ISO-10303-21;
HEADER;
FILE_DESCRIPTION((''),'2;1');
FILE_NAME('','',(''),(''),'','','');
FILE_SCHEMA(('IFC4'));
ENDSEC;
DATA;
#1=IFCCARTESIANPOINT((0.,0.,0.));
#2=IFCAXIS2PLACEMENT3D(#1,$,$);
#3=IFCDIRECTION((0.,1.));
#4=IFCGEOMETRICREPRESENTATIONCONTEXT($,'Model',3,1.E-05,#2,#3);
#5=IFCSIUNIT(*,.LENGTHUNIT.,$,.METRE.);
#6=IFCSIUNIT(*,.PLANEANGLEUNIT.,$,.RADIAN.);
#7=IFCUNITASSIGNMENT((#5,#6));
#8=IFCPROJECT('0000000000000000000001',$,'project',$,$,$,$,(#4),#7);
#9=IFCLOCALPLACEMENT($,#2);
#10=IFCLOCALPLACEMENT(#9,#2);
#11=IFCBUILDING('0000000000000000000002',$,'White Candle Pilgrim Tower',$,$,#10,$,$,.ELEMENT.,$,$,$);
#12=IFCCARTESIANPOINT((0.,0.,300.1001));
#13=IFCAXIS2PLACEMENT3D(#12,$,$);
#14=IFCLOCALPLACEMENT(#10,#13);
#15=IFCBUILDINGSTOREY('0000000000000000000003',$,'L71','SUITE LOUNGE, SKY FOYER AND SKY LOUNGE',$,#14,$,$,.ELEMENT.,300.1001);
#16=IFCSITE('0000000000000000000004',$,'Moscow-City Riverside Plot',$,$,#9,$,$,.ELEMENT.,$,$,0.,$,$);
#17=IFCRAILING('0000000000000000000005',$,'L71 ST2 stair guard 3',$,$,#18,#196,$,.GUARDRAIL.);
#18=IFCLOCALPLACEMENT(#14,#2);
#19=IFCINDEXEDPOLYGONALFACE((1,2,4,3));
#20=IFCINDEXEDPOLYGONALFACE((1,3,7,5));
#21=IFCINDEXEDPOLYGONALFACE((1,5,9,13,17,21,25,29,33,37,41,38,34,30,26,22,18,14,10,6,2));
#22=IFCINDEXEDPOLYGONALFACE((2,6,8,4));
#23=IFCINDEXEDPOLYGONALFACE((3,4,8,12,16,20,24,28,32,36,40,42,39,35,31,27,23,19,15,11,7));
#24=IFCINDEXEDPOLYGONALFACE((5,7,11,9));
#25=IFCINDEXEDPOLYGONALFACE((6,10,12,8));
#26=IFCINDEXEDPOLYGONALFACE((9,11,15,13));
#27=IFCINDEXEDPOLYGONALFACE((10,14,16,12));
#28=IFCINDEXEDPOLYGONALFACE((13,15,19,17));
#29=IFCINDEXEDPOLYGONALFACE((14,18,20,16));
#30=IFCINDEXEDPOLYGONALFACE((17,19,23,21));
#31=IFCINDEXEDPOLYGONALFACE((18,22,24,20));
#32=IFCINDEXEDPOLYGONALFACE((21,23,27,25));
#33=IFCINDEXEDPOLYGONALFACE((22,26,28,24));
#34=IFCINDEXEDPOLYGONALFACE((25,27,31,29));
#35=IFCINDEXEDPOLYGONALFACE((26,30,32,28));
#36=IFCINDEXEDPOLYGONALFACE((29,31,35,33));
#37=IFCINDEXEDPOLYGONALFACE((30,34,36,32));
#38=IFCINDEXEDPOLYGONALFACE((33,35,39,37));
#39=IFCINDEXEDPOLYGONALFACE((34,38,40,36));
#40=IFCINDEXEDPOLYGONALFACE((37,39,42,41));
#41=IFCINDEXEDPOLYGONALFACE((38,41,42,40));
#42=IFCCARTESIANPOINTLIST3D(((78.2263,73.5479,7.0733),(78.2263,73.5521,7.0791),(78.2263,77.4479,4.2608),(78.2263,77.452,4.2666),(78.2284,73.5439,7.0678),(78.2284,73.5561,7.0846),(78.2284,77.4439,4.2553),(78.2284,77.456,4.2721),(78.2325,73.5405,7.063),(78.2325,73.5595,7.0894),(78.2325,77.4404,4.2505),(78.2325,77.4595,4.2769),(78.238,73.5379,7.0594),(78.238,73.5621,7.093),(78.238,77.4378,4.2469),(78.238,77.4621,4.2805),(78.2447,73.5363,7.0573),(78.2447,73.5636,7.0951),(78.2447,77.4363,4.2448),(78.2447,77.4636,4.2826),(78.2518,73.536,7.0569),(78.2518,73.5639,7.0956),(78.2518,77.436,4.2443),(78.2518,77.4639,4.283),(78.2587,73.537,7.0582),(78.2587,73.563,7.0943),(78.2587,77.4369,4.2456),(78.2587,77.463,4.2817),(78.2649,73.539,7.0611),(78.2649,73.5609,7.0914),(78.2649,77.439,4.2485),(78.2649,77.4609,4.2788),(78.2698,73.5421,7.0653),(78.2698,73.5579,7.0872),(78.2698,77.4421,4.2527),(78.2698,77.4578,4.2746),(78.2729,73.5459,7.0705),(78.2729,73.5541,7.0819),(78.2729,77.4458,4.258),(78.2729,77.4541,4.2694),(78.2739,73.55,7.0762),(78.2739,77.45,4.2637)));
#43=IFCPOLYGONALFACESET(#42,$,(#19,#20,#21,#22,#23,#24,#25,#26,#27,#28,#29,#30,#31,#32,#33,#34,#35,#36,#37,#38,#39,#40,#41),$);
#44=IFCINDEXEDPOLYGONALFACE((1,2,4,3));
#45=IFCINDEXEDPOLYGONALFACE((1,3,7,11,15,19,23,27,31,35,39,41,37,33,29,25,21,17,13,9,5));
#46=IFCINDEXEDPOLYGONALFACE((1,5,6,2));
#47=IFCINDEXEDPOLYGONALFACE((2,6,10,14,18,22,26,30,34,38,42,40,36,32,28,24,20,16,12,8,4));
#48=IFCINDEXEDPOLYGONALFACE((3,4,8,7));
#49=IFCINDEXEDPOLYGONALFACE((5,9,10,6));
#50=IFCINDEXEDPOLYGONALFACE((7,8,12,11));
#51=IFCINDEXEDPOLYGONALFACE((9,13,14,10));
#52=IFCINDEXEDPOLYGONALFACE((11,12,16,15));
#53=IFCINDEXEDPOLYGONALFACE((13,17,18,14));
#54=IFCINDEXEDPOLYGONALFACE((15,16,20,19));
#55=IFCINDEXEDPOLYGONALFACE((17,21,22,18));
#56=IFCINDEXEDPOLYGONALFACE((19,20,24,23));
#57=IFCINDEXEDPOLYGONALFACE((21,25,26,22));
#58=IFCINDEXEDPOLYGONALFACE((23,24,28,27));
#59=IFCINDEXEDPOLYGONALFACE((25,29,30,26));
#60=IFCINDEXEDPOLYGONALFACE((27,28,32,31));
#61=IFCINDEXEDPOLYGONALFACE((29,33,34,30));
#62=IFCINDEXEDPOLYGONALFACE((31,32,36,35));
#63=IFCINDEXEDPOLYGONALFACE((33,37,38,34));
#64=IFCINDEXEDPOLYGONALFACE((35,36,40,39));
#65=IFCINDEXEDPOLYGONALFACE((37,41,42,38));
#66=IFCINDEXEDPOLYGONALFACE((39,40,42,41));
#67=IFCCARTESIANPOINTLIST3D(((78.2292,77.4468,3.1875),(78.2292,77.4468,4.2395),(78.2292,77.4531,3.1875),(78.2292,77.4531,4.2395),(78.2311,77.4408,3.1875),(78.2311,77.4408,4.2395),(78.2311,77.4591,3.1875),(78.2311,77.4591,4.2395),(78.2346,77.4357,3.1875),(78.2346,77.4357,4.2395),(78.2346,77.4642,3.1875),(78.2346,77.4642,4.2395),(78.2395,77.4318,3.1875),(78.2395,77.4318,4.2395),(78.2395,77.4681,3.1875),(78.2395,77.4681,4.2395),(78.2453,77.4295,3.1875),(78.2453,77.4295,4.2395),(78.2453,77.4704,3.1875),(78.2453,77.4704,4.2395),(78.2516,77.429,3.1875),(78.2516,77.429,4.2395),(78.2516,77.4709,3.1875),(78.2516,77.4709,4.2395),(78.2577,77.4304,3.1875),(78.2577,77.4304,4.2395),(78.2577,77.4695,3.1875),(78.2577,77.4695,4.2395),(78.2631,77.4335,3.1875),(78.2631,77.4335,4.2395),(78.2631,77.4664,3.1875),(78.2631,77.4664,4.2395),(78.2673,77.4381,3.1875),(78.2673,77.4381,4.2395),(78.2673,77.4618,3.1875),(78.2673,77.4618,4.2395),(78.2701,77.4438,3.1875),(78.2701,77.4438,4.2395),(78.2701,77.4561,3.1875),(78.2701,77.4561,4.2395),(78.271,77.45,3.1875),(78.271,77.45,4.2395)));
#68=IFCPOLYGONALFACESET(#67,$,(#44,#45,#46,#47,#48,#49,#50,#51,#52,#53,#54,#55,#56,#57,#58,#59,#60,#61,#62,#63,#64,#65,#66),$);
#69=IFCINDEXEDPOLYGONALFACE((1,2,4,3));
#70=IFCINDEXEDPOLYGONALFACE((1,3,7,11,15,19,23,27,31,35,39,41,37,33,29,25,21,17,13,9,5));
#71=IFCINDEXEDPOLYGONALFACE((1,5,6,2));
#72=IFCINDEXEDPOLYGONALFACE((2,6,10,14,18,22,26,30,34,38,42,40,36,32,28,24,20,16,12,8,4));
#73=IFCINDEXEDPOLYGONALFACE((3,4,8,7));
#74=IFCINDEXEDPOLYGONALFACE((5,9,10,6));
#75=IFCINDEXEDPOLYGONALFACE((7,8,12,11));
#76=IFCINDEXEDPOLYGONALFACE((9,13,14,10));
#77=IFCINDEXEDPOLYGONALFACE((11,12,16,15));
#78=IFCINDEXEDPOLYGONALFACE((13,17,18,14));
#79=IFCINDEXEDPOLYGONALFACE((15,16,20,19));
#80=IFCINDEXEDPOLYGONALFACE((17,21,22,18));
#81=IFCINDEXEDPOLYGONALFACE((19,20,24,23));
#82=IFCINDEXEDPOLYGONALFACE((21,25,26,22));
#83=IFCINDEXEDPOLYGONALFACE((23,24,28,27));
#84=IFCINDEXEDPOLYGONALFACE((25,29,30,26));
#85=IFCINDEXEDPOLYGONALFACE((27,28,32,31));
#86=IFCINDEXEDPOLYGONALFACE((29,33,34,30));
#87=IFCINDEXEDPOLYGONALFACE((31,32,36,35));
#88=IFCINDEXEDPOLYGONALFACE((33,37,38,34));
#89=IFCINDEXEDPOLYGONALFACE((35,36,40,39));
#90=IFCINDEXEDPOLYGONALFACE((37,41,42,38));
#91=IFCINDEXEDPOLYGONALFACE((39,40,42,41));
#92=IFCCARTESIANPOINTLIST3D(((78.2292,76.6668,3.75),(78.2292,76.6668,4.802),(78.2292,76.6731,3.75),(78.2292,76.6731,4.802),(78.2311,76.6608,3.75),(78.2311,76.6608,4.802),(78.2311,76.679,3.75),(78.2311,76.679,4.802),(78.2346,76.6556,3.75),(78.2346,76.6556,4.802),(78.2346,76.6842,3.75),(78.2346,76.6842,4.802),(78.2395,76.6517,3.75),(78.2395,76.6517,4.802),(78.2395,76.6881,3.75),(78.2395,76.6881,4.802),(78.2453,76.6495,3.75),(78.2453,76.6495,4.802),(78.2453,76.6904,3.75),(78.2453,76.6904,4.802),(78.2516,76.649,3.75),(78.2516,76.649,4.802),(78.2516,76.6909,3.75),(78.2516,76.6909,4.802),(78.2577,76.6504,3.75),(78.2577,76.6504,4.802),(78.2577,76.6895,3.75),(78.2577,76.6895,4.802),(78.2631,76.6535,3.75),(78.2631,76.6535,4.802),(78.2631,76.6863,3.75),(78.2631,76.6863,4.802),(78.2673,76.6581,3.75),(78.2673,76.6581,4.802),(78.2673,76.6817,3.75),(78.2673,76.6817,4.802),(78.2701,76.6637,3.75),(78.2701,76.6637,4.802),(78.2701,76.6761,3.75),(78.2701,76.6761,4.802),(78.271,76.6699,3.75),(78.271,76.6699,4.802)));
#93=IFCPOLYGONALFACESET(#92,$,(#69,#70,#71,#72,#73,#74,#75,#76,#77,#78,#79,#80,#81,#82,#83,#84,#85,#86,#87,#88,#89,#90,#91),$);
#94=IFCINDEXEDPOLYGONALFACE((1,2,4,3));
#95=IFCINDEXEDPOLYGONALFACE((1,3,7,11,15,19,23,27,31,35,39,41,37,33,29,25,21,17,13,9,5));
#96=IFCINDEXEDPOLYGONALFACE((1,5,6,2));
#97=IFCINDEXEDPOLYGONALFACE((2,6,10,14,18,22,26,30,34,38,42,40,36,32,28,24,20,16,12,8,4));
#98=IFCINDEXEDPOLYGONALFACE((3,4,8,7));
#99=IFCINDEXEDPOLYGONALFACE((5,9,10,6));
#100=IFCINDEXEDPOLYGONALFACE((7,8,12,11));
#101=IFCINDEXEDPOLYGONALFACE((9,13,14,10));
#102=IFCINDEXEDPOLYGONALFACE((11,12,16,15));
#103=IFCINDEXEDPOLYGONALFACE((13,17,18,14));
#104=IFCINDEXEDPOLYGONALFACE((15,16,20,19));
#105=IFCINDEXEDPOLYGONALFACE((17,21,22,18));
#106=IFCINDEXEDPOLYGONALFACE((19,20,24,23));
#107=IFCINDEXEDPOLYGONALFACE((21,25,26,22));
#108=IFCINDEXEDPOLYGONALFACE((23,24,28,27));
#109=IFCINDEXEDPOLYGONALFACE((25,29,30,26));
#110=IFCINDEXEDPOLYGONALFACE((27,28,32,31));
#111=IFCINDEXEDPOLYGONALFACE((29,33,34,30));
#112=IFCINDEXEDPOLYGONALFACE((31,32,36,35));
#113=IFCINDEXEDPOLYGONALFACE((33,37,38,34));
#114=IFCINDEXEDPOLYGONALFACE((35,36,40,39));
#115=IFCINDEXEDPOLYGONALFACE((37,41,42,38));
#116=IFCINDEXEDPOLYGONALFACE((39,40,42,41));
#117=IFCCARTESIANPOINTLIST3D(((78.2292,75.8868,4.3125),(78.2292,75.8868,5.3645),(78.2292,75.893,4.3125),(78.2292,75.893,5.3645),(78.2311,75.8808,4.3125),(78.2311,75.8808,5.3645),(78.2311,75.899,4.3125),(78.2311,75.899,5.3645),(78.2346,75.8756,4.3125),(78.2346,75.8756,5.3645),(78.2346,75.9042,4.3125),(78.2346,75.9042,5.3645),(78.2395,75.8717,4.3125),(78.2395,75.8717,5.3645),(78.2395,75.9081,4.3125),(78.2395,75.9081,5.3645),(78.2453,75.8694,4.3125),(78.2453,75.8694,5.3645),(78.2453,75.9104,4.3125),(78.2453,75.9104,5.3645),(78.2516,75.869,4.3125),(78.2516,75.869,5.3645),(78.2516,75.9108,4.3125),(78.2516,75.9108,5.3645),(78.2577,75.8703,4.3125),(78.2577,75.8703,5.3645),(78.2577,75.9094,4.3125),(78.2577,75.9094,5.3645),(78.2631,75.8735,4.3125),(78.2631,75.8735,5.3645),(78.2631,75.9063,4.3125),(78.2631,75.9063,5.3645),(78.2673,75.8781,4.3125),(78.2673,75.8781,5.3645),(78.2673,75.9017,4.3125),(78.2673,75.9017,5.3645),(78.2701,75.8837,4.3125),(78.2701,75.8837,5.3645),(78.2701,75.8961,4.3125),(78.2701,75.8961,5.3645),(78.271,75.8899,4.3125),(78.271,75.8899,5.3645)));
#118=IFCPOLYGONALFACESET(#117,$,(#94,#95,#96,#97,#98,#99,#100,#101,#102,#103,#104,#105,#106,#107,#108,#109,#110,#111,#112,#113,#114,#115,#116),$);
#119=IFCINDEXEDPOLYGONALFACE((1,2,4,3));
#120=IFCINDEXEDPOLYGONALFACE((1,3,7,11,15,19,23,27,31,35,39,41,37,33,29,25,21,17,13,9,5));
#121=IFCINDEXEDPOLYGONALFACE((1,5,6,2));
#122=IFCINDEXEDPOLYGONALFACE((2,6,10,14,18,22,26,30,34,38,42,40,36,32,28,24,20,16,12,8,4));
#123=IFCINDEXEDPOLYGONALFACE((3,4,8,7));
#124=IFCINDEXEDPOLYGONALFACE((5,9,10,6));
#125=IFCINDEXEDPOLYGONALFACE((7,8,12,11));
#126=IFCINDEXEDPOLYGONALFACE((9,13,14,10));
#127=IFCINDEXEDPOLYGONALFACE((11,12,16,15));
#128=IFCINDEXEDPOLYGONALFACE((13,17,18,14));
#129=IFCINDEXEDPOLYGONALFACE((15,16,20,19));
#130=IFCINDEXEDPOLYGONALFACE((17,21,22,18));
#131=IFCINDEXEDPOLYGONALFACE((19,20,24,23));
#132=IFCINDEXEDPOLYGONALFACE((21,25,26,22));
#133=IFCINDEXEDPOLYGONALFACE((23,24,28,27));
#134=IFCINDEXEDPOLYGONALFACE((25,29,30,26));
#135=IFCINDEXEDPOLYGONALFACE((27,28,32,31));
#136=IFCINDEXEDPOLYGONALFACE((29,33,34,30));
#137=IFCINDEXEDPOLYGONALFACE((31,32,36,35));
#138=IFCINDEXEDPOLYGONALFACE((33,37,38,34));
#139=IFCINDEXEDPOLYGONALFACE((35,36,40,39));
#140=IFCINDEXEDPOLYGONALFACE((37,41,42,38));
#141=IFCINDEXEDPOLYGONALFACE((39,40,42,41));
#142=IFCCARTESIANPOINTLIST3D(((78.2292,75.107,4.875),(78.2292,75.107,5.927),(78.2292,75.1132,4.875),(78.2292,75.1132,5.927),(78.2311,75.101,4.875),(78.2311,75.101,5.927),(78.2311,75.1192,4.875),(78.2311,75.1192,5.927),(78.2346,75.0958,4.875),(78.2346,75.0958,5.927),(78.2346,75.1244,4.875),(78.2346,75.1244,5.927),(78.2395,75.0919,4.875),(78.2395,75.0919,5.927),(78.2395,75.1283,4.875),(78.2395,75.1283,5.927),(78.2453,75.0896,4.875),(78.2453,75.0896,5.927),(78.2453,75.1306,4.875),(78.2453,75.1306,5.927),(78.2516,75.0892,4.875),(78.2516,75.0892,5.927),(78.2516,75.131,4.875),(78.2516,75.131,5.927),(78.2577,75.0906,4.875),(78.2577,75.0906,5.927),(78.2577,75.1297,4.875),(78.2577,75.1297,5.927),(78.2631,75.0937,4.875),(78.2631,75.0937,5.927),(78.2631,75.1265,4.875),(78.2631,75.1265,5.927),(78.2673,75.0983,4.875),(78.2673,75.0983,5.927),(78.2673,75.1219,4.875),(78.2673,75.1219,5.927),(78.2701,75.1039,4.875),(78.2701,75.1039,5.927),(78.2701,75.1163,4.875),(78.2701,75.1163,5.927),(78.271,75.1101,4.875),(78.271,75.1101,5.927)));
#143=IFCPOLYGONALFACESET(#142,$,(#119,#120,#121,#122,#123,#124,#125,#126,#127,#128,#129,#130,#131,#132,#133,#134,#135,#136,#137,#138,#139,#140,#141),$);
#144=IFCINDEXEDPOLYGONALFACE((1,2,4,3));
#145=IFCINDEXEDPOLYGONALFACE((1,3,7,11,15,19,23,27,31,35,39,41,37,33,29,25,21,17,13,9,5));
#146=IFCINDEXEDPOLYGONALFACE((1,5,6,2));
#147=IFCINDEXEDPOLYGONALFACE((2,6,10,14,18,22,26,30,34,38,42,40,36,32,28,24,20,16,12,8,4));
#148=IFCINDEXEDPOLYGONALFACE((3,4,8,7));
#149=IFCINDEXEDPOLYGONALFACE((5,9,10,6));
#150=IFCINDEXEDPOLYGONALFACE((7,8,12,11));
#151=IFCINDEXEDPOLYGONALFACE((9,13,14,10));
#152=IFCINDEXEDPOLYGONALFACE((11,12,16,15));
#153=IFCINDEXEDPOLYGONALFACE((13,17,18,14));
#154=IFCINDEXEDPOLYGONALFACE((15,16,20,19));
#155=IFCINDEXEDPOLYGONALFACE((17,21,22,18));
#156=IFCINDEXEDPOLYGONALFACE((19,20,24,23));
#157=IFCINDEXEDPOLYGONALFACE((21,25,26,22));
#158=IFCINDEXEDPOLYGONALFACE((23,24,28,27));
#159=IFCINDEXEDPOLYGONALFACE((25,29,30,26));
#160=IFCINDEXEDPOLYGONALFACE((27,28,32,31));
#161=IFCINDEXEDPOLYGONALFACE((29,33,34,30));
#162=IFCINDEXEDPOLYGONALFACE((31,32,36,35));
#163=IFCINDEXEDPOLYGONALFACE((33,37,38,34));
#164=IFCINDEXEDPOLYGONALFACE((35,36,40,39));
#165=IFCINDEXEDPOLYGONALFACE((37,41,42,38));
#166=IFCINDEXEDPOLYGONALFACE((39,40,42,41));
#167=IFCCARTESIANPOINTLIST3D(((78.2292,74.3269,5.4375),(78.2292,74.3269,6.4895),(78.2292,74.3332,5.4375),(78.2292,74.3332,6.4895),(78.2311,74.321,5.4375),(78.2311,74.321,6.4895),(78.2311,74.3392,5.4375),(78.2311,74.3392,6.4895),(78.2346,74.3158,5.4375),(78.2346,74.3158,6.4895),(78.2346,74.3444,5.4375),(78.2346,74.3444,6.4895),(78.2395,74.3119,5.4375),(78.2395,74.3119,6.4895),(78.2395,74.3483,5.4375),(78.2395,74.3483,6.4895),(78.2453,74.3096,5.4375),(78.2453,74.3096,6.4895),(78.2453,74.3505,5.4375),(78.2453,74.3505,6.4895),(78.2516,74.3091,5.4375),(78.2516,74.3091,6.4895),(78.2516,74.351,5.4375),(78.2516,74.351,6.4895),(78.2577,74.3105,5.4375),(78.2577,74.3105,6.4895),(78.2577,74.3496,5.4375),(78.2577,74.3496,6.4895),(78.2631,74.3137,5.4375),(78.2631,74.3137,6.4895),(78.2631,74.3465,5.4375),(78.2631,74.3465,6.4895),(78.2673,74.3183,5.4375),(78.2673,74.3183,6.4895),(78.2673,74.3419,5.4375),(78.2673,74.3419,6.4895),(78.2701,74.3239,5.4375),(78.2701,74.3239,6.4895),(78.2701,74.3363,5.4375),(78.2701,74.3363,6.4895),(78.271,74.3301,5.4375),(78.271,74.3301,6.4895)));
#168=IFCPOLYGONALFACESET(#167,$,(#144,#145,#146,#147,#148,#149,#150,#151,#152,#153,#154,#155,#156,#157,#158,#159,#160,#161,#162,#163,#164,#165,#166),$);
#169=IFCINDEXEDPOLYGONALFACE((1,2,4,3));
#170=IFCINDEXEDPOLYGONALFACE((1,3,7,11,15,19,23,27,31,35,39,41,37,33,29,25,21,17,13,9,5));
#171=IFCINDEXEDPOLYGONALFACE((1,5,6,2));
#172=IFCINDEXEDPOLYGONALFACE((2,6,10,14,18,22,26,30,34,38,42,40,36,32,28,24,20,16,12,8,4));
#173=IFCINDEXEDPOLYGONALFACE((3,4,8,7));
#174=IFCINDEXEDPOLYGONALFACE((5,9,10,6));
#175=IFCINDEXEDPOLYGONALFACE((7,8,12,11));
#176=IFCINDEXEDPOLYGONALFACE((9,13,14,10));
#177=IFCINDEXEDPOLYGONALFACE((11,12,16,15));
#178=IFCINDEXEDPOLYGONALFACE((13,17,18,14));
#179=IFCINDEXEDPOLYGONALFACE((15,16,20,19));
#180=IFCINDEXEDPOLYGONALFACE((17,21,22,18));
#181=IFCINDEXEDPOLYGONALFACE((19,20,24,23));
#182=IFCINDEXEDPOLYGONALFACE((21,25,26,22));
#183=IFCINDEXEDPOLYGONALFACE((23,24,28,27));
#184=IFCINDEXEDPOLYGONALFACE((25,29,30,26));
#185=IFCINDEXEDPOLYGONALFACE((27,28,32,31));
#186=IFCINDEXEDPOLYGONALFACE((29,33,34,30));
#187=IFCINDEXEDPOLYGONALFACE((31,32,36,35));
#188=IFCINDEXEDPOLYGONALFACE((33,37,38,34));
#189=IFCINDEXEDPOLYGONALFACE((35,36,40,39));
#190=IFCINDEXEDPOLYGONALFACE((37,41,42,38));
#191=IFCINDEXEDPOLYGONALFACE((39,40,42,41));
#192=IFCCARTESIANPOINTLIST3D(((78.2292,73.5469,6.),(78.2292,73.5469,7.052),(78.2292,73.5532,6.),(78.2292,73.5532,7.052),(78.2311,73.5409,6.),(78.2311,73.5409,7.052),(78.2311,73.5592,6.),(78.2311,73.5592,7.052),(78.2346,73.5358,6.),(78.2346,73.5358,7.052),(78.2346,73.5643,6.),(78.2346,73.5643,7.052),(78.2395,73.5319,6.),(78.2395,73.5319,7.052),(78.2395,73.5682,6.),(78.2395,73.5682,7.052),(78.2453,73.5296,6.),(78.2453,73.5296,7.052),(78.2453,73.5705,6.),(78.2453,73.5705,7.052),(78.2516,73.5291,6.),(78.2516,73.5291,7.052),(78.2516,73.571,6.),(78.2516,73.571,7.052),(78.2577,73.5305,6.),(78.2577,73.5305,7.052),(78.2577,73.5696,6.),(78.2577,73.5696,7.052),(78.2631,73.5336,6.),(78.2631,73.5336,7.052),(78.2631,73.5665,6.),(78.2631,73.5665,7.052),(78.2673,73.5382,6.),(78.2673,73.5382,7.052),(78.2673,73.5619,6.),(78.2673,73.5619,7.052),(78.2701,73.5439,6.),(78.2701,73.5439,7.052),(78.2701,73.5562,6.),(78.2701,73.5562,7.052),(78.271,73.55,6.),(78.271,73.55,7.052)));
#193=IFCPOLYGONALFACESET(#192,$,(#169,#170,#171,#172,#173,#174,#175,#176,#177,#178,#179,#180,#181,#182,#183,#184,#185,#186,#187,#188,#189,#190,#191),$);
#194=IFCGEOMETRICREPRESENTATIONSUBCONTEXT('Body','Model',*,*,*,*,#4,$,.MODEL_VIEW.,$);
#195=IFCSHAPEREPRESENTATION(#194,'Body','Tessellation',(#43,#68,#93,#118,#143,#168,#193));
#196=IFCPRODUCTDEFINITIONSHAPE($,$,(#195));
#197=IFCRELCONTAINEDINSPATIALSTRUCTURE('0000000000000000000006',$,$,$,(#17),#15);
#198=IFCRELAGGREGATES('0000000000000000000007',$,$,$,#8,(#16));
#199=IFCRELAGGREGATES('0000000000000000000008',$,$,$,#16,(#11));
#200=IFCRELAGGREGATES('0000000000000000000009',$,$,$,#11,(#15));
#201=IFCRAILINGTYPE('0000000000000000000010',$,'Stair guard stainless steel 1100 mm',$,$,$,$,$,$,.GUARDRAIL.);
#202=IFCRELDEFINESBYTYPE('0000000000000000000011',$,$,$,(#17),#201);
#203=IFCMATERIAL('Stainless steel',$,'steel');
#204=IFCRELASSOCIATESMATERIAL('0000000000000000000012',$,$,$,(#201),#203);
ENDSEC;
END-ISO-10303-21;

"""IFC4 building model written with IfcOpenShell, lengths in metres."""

from ifc_helpers import new_model, si_unit, direction, frame, origin, origin_2d, place, context, subcontext, project, spatial, circle, extrude, material, type_object, element, save


model = new_model("IFC4")

# Units and contexts
model_context = context("Model", 3, precision=1e-05, world=origin(), true_north=direction((0.0, 1.0)))
body_context = subcontext(model_context, "Body", "Model", "MODEL_VIEW")
ifc_project = project(units=[si_unit("LENGTHUNIT", "METRE"), si_unit("PLANEANGLEUNIT", "RADIAN")], contexts=[model_context])

# Site, building, storey
site_placement = place(None, origin())
site = spatial("IfcSite", under=ifc_project, at=site_placement, Name="Moscow-City Riverside Plot", CompositionType="ELEMENT", RefElevation=0.0)
building_placement = place(site_placement, origin())
building = spatial("IfcBuilding", under=site, at=building_placement, Name="White Candle Pilgrim Tower", CompositionType="ELEMENT")
storey_placement = place(building_placement, frame((0.0, 0.0, 300.1001)))
storey = spatial("IfcBuildingStorey", under=building, at=storey_placement, Name="L71", Description="SUITE LOUNGE, SKY FOYER AND SKY LOUNGE", CompositionType="ELEMENT", Elevation=300.1001)

# Railing
ifc_material_1 = material(Name="Stainless steel", Category="steel")
railing_type_1 = type_object("IfcRailingType", Name="Stair guard stainless steel 1100 mm", PredefinedType="GUARDRAIL", material=ifc_material_1)
railing_1_placement = place(storey_placement, frame((78.25, 77.45, 3.1875)))
element("IfcRailing", 1, at=railing_1_placement, inside=storey, type_object=railing_type_1, Name="L71 ST2 stair guard 3", PredefinedType="GUARDRAIL", context=body_context, shape_type="SweptSolid", body=[
    extrude(circle(Radius=0.0239, at=origin_2d()), frame((0.0, 0.0, 1.0762), z_axis=(0.0, -0.811083, 0.584931), x_axis=(1.0, 0.0, 0.0)), (0.0, 0.0, 1.0), 4.8083),
    extrude(circle(Radius=0.021, at=origin_2d()), origin(), (0.0, 0.0, 1.0), 1.052),
    extrude(circle(Radius=0.021, at=origin_2d()), frame((0.0, -0.78, 0.5625)), (0.0, 0.0, 1.0), 1.052),
    extrude(circle(Radius=0.021, at=origin_2d()), frame((0.0, -1.5601, 1.125)), (0.0, 0.0, 1.0), 1.052),
    extrude(circle(Radius=0.021, at=origin_2d()), frame((0.0, -2.3398, 1.6875)), (0.0, 0.0, 1.0), 1.052),
    extrude(circle(Radius=0.021, at=origin_2d()), frame((0.0, -3.1199, 2.25)), (0.0, 0.0, 1.0), 1.052),
    extrude(circle(Radius=0.021, at=origin_2d()), frame((0.0, -3.8999, 2.8125)), (0.0, 0.0, 1.0), 1.052),
])

save(model, "model.ifc")
